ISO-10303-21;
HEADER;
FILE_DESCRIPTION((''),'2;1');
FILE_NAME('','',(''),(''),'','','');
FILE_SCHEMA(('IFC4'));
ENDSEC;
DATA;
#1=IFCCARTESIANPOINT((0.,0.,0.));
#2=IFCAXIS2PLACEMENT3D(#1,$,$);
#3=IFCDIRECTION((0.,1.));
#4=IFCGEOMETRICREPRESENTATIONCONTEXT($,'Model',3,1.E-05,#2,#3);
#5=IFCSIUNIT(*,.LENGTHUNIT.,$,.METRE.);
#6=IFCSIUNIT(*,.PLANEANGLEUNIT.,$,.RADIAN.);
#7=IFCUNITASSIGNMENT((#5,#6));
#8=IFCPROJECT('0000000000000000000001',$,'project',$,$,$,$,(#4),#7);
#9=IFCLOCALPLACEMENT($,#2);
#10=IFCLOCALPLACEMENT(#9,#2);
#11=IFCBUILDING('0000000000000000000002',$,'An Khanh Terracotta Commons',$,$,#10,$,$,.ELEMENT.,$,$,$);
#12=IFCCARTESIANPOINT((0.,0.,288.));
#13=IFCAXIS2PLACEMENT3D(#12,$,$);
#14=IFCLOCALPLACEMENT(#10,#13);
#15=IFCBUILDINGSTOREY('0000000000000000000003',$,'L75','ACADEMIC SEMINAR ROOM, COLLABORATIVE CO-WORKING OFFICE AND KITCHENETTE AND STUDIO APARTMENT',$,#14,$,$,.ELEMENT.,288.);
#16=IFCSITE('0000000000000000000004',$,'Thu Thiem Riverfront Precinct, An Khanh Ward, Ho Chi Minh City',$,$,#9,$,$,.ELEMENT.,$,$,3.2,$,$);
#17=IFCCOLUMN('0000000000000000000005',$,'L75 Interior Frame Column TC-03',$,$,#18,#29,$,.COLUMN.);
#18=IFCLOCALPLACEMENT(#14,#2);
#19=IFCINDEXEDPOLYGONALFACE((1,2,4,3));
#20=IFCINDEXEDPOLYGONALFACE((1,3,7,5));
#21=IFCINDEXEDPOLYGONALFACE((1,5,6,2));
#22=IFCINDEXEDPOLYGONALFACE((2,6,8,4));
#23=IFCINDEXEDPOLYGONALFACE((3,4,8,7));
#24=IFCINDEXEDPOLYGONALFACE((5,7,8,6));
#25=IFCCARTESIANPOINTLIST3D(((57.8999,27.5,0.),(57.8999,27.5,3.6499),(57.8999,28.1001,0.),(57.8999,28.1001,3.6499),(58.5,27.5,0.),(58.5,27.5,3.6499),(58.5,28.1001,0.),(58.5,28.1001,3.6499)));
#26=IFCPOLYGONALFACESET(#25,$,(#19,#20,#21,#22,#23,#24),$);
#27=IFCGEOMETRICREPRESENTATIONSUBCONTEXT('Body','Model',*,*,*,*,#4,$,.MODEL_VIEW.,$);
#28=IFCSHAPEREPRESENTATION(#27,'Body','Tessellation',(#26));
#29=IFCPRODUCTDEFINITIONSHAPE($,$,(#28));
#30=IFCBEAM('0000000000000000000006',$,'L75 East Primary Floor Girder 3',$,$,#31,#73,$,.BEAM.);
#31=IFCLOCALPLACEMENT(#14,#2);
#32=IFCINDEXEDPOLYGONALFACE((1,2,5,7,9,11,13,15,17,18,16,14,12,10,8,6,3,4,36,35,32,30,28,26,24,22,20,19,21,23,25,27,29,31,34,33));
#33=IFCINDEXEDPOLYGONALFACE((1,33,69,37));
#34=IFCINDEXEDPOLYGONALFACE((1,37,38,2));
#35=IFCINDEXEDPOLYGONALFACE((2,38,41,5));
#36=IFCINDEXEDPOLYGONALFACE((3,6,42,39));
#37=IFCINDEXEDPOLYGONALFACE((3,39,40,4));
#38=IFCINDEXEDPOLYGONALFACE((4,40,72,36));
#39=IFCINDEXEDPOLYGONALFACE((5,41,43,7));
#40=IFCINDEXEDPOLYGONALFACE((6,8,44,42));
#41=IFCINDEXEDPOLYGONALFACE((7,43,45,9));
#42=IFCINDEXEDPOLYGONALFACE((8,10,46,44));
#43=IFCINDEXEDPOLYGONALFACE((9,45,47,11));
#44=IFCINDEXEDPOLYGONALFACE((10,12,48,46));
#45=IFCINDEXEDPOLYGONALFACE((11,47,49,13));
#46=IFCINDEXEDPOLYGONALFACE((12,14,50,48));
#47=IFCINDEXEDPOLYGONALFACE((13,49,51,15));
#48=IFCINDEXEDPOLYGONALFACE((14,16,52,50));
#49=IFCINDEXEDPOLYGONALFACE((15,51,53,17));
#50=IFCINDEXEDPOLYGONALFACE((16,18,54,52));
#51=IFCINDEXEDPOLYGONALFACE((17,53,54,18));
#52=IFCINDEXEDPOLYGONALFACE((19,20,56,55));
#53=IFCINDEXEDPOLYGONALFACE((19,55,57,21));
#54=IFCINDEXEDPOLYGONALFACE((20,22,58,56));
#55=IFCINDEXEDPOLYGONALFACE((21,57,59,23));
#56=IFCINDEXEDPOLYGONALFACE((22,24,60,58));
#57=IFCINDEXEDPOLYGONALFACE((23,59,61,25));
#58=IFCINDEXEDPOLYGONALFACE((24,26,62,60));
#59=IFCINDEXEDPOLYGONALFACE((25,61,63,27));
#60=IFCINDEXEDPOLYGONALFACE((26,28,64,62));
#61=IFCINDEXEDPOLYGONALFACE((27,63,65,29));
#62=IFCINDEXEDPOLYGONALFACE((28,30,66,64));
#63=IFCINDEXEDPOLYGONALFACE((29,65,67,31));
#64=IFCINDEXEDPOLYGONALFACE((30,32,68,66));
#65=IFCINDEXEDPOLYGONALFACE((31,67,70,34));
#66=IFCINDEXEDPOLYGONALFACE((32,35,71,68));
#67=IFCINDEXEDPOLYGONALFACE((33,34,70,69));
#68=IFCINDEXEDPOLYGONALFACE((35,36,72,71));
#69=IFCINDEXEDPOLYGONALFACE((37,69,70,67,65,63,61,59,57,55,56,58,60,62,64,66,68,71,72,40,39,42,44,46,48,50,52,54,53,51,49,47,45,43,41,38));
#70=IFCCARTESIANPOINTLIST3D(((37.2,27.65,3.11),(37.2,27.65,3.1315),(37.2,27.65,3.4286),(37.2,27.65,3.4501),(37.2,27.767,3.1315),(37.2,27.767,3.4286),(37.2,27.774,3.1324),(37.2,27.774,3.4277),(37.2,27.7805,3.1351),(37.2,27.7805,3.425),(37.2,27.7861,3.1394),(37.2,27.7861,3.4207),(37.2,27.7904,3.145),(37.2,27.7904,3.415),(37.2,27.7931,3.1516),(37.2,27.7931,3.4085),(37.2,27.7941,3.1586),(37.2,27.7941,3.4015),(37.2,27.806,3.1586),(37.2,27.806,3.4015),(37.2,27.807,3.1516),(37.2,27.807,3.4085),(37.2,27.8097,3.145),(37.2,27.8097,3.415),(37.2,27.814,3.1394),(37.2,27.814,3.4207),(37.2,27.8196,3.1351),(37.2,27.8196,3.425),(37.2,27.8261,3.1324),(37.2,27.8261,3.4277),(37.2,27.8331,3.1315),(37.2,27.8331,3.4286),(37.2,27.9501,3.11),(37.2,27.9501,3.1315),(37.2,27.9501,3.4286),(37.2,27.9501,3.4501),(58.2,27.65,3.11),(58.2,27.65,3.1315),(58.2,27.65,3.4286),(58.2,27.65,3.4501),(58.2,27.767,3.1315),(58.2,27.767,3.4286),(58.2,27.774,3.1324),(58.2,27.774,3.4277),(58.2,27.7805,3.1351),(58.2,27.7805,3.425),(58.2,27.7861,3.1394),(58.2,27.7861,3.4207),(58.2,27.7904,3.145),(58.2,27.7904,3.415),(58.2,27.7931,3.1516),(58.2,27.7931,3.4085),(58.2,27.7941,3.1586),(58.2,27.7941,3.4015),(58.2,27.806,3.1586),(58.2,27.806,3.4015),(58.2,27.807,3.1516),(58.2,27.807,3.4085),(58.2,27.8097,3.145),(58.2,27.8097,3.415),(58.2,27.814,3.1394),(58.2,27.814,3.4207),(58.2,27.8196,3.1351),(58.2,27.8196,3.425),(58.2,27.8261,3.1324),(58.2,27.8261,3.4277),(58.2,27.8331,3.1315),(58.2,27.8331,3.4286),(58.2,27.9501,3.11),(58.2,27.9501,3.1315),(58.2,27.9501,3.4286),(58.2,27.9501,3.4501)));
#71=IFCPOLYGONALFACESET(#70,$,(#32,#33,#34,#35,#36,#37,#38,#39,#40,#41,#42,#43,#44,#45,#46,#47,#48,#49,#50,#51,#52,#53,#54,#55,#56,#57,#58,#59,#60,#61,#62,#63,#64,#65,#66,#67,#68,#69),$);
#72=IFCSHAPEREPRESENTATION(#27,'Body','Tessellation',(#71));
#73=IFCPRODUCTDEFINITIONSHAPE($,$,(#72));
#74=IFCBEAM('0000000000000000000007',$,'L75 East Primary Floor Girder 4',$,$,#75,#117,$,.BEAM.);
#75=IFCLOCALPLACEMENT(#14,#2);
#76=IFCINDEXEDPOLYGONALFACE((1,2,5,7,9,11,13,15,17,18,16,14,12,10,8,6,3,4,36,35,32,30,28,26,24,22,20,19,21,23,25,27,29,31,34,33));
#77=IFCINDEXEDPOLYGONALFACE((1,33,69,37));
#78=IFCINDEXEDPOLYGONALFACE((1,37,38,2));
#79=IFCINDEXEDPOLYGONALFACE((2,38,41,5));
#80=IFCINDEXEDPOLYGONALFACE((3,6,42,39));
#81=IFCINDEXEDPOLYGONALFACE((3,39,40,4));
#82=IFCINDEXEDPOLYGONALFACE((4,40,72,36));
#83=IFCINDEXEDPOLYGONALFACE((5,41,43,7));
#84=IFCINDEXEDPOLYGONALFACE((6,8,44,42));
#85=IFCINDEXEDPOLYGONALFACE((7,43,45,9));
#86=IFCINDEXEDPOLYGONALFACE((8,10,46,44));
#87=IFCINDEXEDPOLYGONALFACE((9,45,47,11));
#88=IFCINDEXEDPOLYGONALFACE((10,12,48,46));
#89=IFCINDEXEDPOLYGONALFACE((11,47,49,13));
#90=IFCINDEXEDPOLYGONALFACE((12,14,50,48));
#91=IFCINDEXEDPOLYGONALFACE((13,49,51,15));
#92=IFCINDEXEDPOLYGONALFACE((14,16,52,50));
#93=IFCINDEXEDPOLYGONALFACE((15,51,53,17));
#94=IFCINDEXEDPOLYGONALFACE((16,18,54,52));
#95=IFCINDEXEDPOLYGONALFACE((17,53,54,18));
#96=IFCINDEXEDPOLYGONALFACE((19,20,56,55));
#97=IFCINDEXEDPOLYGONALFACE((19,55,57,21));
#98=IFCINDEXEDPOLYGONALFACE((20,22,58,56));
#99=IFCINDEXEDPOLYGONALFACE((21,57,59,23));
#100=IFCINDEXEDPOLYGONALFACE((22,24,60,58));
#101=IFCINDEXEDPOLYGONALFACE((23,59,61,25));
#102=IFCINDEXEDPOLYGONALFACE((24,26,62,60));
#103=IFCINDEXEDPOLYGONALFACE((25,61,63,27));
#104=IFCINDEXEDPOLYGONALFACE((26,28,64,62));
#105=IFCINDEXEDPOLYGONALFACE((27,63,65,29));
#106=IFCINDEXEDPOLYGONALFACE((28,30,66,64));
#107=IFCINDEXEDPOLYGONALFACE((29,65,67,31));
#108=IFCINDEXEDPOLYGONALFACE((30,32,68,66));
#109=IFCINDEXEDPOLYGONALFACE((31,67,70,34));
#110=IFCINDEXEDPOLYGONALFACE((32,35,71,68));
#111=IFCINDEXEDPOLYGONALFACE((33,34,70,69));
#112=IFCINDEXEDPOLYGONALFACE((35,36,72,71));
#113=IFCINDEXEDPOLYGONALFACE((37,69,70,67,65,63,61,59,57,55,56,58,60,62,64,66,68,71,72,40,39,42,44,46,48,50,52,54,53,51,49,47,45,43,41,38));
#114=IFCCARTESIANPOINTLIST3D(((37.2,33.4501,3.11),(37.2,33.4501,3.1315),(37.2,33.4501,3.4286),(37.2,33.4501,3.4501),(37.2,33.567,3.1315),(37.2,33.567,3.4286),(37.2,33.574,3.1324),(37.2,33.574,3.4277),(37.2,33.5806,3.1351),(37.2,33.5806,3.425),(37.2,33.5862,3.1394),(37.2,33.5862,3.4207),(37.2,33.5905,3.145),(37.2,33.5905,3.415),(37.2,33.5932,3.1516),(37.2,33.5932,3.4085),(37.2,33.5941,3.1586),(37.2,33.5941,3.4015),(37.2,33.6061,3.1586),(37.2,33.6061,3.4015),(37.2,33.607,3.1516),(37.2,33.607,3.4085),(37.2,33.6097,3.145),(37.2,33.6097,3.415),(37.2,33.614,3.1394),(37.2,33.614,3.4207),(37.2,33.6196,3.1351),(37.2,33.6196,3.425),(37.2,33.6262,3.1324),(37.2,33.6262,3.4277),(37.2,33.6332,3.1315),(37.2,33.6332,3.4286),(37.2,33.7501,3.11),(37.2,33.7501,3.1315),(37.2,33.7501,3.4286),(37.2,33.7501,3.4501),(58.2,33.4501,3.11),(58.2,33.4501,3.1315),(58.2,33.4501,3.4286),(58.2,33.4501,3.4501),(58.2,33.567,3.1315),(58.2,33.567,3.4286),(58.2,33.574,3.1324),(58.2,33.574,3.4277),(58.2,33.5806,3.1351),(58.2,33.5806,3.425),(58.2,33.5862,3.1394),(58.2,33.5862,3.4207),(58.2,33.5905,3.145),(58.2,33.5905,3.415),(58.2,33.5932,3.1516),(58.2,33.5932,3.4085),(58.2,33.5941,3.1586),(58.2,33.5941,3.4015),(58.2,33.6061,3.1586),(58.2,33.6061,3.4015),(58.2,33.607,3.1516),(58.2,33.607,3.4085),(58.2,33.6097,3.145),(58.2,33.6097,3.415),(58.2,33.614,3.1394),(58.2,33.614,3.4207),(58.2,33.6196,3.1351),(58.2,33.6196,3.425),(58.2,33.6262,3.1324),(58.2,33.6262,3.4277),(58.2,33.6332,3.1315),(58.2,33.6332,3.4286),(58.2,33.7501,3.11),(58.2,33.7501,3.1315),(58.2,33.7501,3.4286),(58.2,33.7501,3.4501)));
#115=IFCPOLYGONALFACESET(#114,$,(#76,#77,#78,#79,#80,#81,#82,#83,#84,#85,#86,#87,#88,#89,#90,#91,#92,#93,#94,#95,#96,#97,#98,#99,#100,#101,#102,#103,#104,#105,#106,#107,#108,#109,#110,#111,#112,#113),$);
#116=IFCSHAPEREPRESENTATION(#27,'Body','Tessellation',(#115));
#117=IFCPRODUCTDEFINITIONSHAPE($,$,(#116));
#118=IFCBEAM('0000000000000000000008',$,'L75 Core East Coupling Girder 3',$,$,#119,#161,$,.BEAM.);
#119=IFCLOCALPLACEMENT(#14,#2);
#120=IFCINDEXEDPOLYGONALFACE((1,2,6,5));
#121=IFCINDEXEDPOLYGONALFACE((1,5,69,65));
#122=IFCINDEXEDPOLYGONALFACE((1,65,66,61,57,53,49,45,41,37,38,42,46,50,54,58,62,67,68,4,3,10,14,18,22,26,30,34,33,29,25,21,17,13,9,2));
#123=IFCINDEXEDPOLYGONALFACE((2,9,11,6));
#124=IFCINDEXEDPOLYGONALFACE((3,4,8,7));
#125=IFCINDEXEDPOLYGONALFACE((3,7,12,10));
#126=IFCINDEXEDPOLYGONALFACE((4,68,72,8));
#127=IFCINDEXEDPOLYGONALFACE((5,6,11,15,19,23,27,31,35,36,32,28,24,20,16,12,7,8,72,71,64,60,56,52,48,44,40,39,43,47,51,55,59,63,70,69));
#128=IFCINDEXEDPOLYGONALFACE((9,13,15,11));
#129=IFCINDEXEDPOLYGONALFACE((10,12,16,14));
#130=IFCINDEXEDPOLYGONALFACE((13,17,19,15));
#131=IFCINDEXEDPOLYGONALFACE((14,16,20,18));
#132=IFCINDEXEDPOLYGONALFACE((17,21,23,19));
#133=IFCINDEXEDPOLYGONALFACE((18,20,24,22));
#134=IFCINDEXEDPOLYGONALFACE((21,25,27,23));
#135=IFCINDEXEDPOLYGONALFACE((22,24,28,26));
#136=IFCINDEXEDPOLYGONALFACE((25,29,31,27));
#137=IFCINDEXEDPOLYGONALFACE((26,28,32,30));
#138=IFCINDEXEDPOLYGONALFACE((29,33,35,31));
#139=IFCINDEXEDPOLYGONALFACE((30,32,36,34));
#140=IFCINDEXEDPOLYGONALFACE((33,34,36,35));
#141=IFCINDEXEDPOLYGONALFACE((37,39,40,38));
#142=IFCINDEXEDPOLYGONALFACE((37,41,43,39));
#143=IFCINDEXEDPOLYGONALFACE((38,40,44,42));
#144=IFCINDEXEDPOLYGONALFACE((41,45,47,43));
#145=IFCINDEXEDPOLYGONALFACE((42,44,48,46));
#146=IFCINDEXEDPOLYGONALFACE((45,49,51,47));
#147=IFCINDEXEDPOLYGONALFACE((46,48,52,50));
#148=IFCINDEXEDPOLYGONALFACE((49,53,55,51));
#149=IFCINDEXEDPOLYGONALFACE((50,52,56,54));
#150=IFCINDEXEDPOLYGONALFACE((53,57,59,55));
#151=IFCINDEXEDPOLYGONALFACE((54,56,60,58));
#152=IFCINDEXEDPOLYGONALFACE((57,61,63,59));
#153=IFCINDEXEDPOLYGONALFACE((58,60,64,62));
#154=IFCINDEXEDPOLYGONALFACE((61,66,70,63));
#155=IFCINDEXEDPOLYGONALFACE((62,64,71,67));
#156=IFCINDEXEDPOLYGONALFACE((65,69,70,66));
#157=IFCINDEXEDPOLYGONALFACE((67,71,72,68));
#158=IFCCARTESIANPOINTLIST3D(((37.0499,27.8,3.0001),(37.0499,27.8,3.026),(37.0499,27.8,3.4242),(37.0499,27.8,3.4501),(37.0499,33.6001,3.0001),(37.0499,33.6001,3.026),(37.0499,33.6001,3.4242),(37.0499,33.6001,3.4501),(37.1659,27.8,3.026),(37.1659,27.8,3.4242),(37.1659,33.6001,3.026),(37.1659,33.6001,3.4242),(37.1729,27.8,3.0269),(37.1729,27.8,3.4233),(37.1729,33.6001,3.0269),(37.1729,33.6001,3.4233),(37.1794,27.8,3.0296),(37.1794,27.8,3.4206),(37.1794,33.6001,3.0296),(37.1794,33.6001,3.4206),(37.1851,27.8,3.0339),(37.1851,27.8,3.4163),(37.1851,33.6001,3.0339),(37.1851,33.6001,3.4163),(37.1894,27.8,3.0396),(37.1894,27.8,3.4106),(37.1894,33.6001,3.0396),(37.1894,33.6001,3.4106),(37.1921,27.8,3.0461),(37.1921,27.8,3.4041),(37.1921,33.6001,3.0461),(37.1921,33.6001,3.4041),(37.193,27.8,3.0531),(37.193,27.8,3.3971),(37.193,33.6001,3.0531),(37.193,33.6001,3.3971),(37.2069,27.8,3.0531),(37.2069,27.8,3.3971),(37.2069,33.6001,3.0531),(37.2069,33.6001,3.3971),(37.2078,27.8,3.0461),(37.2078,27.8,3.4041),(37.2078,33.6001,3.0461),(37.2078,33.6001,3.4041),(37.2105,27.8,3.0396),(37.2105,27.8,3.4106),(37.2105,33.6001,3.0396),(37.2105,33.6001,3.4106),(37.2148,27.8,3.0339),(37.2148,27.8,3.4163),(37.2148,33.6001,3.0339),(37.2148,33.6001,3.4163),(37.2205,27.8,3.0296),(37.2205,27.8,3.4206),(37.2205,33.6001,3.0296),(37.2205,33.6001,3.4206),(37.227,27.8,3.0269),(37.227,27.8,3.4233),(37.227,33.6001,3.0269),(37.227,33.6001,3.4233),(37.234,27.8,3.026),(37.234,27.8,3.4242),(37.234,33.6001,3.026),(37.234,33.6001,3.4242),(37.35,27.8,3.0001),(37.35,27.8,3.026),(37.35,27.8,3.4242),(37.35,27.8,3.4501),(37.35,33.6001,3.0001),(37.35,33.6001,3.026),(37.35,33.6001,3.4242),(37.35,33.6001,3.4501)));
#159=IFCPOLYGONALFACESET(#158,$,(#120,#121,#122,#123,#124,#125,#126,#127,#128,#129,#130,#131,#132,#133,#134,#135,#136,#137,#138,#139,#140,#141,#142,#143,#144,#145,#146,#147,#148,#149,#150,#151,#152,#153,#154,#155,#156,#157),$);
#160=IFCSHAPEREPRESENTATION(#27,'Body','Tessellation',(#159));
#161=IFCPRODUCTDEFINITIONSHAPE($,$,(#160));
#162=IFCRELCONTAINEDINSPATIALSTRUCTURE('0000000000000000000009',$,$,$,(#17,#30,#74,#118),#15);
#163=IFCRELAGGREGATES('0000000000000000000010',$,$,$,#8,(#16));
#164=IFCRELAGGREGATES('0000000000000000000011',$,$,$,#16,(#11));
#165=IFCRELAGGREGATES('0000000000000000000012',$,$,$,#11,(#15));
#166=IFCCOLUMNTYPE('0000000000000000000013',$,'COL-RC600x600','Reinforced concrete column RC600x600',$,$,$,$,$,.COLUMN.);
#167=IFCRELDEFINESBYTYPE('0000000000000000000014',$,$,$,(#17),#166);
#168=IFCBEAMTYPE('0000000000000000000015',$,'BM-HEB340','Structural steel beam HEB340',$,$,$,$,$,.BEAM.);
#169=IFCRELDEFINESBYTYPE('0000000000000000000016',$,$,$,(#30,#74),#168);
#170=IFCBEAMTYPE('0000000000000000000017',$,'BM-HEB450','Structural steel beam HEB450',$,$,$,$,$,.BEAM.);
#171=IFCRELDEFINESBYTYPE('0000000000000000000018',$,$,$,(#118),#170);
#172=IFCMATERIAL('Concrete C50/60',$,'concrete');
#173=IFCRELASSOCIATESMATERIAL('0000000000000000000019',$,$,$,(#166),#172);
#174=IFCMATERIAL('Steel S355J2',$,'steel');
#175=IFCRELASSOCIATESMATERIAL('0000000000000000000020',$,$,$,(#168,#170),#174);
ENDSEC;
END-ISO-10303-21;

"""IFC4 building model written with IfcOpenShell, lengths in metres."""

from ifc_helpers import new_model, si_unit, direction, frame, origin, origin_2d, place, context, subcontext, project, spatial, rectangle, i_section, extrude, material, material_profile, profile_set, type_object, element, save


model = new_model("IFC4")

# Units and contexts
model_context = context("Model", 3, precision=1e-05, world=origin(), true_north=direction((0.0, 1.0)))
body_context = subcontext(model_context, "Body", "Model", "MODEL_VIEW")
ifc_project = project(units=[si_unit("LENGTHUNIT", "METRE"), si_unit("PLANEANGLEUNIT", "RADIAN")], contexts=[model_context])

# Site, building, storey
site_placement = place(None, origin())
site = spatial("IfcSite", under=ifc_project, at=site_placement, Name="Thu Thiem Riverfront Precinct, An Khanh Ward, Ho Chi Minh City", CompositionType="ELEMENT", RefElevation=3.2)
building_placement = place(site_placement, origin())
building = spatial("IfcBuilding", under=site, at=building_placement, Name="An Khanh Terracotta Commons", CompositionType="ELEMENT")
storey_placement = place(building_placement, frame((0.0, 0.0, 288.0)))
storey = spatial("IfcBuildingStorey", under=building, at=storey_placement, Name="L75", Description="ACADEMIC SEMINAR ROOM, COLLABORATIVE CO-WORKING OFFICE AND KITCHENETTE AND STUDIO APARTMENT", CompositionType="ELEMENT", Elevation=288.0)

# Column
ifc_material_1 = material(Name="Concrete C50/60", Category="concrete")
ifc_material_profile_1 = material_profile(ifc_material_1, rectangle(XDim=0.6001, YDim=0.6001, at=origin_2d()), Name="RC600x600")
ifc_profile_set_1 = profile_set([ifc_material_profile_1], Name="Concrete C50/60")
column_type = type_object("IfcColumnType", Name="COL-RC600x600", Description="Reinforced concrete column RC600x600", PredefinedType="COLUMN", material=ifc_profile_set_1)
column_placement = place(storey_placement, frame((58.2, 27.8, 0.0), z_axis=(0.0, 0.0, 1.0), x_axis=(1.0, 0.0, 0.0)))
element("IfcColumn", 1, at=column_placement, inside=storey, type_object=column_type, Name="L75 Interior Frame Column TC-03", PredefinedType="COLUMN", context=body_context, shape_type="SweptSolid", body=[
    extrude(rectangle(XDim=0.6001, YDim=0.6001, at=origin_2d()), origin(), (0.0, 0.0, 1.0), 3.6499),
])

# Beams
ifc_material_2 = material(Name="Steel S355J2", Category="steel")
ifc_material_profile_2 = material_profile(ifc_material_2, i_section(OverallWidth=0.3, OverallDepth=0.3401, WebThickness=0.012, FlangeThickness=0.0215, FilletRadius=0.0271, at=origin_2d()), Name="HEB340")
ifc_profile_set_2 = profile_set([ifc_material_profile_2], Name="Steel S355J2")
beam_type_1 = type_object("IfcBeamType", Name="BM-HEB340", Description="Structural steel beam HEB340", PredefinedType="BEAM", material=ifc_profile_set_2)
for number, where, z_axis, x_axis, name in (
    (2, (37.2, 27.8, 3.28), (1.0, 0.0, 0.0), (0.0, 1.0, 0.0), "L75 East Primary Floor Girder 3"),
    (3, (37.2, 33.6001, 3.28), (1.0, 0.0, 0.0), (0.0, 1.0, 0.0), "L75 East Primary Floor Girder 4"),
):
    element("IfcBeam", number, at=place(storey_placement, frame(where, z_axis=z_axis, x_axis=x_axis)), inside=storey, type_object=beam_type_1, Name=name, PredefinedType="BEAM", context=body_context, shape_type="SweptSolid", body=[
        extrude(i_section(OverallWidth=0.3, OverallDepth=0.3401, WebThickness=0.012, FlangeThickness=0.0215, FilletRadius=0.0271, at=origin_2d()), origin(), (0.0, 0.0, 1.0), 21.0),
    ])
ifc_material_profile_3 = material_profile(ifc_material_2, i_section(OverallWidth=0.3, OverallDepth=0.45, WebThickness=0.0139, FlangeThickness=0.0259, FilletRadius=0.0271, at=origin_2d()), Name="HEB450")
ifc_profile_set_3 = profile_set([ifc_material_profile_3], Name="Steel S355J2")
beam_type_2 = type_object("IfcBeamType", Name="BM-HEB450", Description="Structural steel beam HEB450", PredefinedType="BEAM", material=ifc_profile_set_3)
beam_placement = place(storey_placement, frame((37.2, 27.8, 3.2251), z_axis=(0.0, 1.0, 0.0), x_axis=(-1.0, 0.0, 0.0)))
element("IfcBeam", 4, at=beam_placement, inside=storey, type_object=beam_type_2, Name="L75 Core East Coupling Girder 3", PredefinedType="BEAM", context=body_context, shape_type="SweptSolid", body=[
    extrude(i_section(OverallWidth=0.3, OverallDepth=0.45, WebThickness=0.0139, FlangeThickness=0.0259, FilletRadius=0.0271, at=origin_2d()), origin(), (0.0, 0.0, 1.0), 5.8),
])

save(model, "model.ifc")
